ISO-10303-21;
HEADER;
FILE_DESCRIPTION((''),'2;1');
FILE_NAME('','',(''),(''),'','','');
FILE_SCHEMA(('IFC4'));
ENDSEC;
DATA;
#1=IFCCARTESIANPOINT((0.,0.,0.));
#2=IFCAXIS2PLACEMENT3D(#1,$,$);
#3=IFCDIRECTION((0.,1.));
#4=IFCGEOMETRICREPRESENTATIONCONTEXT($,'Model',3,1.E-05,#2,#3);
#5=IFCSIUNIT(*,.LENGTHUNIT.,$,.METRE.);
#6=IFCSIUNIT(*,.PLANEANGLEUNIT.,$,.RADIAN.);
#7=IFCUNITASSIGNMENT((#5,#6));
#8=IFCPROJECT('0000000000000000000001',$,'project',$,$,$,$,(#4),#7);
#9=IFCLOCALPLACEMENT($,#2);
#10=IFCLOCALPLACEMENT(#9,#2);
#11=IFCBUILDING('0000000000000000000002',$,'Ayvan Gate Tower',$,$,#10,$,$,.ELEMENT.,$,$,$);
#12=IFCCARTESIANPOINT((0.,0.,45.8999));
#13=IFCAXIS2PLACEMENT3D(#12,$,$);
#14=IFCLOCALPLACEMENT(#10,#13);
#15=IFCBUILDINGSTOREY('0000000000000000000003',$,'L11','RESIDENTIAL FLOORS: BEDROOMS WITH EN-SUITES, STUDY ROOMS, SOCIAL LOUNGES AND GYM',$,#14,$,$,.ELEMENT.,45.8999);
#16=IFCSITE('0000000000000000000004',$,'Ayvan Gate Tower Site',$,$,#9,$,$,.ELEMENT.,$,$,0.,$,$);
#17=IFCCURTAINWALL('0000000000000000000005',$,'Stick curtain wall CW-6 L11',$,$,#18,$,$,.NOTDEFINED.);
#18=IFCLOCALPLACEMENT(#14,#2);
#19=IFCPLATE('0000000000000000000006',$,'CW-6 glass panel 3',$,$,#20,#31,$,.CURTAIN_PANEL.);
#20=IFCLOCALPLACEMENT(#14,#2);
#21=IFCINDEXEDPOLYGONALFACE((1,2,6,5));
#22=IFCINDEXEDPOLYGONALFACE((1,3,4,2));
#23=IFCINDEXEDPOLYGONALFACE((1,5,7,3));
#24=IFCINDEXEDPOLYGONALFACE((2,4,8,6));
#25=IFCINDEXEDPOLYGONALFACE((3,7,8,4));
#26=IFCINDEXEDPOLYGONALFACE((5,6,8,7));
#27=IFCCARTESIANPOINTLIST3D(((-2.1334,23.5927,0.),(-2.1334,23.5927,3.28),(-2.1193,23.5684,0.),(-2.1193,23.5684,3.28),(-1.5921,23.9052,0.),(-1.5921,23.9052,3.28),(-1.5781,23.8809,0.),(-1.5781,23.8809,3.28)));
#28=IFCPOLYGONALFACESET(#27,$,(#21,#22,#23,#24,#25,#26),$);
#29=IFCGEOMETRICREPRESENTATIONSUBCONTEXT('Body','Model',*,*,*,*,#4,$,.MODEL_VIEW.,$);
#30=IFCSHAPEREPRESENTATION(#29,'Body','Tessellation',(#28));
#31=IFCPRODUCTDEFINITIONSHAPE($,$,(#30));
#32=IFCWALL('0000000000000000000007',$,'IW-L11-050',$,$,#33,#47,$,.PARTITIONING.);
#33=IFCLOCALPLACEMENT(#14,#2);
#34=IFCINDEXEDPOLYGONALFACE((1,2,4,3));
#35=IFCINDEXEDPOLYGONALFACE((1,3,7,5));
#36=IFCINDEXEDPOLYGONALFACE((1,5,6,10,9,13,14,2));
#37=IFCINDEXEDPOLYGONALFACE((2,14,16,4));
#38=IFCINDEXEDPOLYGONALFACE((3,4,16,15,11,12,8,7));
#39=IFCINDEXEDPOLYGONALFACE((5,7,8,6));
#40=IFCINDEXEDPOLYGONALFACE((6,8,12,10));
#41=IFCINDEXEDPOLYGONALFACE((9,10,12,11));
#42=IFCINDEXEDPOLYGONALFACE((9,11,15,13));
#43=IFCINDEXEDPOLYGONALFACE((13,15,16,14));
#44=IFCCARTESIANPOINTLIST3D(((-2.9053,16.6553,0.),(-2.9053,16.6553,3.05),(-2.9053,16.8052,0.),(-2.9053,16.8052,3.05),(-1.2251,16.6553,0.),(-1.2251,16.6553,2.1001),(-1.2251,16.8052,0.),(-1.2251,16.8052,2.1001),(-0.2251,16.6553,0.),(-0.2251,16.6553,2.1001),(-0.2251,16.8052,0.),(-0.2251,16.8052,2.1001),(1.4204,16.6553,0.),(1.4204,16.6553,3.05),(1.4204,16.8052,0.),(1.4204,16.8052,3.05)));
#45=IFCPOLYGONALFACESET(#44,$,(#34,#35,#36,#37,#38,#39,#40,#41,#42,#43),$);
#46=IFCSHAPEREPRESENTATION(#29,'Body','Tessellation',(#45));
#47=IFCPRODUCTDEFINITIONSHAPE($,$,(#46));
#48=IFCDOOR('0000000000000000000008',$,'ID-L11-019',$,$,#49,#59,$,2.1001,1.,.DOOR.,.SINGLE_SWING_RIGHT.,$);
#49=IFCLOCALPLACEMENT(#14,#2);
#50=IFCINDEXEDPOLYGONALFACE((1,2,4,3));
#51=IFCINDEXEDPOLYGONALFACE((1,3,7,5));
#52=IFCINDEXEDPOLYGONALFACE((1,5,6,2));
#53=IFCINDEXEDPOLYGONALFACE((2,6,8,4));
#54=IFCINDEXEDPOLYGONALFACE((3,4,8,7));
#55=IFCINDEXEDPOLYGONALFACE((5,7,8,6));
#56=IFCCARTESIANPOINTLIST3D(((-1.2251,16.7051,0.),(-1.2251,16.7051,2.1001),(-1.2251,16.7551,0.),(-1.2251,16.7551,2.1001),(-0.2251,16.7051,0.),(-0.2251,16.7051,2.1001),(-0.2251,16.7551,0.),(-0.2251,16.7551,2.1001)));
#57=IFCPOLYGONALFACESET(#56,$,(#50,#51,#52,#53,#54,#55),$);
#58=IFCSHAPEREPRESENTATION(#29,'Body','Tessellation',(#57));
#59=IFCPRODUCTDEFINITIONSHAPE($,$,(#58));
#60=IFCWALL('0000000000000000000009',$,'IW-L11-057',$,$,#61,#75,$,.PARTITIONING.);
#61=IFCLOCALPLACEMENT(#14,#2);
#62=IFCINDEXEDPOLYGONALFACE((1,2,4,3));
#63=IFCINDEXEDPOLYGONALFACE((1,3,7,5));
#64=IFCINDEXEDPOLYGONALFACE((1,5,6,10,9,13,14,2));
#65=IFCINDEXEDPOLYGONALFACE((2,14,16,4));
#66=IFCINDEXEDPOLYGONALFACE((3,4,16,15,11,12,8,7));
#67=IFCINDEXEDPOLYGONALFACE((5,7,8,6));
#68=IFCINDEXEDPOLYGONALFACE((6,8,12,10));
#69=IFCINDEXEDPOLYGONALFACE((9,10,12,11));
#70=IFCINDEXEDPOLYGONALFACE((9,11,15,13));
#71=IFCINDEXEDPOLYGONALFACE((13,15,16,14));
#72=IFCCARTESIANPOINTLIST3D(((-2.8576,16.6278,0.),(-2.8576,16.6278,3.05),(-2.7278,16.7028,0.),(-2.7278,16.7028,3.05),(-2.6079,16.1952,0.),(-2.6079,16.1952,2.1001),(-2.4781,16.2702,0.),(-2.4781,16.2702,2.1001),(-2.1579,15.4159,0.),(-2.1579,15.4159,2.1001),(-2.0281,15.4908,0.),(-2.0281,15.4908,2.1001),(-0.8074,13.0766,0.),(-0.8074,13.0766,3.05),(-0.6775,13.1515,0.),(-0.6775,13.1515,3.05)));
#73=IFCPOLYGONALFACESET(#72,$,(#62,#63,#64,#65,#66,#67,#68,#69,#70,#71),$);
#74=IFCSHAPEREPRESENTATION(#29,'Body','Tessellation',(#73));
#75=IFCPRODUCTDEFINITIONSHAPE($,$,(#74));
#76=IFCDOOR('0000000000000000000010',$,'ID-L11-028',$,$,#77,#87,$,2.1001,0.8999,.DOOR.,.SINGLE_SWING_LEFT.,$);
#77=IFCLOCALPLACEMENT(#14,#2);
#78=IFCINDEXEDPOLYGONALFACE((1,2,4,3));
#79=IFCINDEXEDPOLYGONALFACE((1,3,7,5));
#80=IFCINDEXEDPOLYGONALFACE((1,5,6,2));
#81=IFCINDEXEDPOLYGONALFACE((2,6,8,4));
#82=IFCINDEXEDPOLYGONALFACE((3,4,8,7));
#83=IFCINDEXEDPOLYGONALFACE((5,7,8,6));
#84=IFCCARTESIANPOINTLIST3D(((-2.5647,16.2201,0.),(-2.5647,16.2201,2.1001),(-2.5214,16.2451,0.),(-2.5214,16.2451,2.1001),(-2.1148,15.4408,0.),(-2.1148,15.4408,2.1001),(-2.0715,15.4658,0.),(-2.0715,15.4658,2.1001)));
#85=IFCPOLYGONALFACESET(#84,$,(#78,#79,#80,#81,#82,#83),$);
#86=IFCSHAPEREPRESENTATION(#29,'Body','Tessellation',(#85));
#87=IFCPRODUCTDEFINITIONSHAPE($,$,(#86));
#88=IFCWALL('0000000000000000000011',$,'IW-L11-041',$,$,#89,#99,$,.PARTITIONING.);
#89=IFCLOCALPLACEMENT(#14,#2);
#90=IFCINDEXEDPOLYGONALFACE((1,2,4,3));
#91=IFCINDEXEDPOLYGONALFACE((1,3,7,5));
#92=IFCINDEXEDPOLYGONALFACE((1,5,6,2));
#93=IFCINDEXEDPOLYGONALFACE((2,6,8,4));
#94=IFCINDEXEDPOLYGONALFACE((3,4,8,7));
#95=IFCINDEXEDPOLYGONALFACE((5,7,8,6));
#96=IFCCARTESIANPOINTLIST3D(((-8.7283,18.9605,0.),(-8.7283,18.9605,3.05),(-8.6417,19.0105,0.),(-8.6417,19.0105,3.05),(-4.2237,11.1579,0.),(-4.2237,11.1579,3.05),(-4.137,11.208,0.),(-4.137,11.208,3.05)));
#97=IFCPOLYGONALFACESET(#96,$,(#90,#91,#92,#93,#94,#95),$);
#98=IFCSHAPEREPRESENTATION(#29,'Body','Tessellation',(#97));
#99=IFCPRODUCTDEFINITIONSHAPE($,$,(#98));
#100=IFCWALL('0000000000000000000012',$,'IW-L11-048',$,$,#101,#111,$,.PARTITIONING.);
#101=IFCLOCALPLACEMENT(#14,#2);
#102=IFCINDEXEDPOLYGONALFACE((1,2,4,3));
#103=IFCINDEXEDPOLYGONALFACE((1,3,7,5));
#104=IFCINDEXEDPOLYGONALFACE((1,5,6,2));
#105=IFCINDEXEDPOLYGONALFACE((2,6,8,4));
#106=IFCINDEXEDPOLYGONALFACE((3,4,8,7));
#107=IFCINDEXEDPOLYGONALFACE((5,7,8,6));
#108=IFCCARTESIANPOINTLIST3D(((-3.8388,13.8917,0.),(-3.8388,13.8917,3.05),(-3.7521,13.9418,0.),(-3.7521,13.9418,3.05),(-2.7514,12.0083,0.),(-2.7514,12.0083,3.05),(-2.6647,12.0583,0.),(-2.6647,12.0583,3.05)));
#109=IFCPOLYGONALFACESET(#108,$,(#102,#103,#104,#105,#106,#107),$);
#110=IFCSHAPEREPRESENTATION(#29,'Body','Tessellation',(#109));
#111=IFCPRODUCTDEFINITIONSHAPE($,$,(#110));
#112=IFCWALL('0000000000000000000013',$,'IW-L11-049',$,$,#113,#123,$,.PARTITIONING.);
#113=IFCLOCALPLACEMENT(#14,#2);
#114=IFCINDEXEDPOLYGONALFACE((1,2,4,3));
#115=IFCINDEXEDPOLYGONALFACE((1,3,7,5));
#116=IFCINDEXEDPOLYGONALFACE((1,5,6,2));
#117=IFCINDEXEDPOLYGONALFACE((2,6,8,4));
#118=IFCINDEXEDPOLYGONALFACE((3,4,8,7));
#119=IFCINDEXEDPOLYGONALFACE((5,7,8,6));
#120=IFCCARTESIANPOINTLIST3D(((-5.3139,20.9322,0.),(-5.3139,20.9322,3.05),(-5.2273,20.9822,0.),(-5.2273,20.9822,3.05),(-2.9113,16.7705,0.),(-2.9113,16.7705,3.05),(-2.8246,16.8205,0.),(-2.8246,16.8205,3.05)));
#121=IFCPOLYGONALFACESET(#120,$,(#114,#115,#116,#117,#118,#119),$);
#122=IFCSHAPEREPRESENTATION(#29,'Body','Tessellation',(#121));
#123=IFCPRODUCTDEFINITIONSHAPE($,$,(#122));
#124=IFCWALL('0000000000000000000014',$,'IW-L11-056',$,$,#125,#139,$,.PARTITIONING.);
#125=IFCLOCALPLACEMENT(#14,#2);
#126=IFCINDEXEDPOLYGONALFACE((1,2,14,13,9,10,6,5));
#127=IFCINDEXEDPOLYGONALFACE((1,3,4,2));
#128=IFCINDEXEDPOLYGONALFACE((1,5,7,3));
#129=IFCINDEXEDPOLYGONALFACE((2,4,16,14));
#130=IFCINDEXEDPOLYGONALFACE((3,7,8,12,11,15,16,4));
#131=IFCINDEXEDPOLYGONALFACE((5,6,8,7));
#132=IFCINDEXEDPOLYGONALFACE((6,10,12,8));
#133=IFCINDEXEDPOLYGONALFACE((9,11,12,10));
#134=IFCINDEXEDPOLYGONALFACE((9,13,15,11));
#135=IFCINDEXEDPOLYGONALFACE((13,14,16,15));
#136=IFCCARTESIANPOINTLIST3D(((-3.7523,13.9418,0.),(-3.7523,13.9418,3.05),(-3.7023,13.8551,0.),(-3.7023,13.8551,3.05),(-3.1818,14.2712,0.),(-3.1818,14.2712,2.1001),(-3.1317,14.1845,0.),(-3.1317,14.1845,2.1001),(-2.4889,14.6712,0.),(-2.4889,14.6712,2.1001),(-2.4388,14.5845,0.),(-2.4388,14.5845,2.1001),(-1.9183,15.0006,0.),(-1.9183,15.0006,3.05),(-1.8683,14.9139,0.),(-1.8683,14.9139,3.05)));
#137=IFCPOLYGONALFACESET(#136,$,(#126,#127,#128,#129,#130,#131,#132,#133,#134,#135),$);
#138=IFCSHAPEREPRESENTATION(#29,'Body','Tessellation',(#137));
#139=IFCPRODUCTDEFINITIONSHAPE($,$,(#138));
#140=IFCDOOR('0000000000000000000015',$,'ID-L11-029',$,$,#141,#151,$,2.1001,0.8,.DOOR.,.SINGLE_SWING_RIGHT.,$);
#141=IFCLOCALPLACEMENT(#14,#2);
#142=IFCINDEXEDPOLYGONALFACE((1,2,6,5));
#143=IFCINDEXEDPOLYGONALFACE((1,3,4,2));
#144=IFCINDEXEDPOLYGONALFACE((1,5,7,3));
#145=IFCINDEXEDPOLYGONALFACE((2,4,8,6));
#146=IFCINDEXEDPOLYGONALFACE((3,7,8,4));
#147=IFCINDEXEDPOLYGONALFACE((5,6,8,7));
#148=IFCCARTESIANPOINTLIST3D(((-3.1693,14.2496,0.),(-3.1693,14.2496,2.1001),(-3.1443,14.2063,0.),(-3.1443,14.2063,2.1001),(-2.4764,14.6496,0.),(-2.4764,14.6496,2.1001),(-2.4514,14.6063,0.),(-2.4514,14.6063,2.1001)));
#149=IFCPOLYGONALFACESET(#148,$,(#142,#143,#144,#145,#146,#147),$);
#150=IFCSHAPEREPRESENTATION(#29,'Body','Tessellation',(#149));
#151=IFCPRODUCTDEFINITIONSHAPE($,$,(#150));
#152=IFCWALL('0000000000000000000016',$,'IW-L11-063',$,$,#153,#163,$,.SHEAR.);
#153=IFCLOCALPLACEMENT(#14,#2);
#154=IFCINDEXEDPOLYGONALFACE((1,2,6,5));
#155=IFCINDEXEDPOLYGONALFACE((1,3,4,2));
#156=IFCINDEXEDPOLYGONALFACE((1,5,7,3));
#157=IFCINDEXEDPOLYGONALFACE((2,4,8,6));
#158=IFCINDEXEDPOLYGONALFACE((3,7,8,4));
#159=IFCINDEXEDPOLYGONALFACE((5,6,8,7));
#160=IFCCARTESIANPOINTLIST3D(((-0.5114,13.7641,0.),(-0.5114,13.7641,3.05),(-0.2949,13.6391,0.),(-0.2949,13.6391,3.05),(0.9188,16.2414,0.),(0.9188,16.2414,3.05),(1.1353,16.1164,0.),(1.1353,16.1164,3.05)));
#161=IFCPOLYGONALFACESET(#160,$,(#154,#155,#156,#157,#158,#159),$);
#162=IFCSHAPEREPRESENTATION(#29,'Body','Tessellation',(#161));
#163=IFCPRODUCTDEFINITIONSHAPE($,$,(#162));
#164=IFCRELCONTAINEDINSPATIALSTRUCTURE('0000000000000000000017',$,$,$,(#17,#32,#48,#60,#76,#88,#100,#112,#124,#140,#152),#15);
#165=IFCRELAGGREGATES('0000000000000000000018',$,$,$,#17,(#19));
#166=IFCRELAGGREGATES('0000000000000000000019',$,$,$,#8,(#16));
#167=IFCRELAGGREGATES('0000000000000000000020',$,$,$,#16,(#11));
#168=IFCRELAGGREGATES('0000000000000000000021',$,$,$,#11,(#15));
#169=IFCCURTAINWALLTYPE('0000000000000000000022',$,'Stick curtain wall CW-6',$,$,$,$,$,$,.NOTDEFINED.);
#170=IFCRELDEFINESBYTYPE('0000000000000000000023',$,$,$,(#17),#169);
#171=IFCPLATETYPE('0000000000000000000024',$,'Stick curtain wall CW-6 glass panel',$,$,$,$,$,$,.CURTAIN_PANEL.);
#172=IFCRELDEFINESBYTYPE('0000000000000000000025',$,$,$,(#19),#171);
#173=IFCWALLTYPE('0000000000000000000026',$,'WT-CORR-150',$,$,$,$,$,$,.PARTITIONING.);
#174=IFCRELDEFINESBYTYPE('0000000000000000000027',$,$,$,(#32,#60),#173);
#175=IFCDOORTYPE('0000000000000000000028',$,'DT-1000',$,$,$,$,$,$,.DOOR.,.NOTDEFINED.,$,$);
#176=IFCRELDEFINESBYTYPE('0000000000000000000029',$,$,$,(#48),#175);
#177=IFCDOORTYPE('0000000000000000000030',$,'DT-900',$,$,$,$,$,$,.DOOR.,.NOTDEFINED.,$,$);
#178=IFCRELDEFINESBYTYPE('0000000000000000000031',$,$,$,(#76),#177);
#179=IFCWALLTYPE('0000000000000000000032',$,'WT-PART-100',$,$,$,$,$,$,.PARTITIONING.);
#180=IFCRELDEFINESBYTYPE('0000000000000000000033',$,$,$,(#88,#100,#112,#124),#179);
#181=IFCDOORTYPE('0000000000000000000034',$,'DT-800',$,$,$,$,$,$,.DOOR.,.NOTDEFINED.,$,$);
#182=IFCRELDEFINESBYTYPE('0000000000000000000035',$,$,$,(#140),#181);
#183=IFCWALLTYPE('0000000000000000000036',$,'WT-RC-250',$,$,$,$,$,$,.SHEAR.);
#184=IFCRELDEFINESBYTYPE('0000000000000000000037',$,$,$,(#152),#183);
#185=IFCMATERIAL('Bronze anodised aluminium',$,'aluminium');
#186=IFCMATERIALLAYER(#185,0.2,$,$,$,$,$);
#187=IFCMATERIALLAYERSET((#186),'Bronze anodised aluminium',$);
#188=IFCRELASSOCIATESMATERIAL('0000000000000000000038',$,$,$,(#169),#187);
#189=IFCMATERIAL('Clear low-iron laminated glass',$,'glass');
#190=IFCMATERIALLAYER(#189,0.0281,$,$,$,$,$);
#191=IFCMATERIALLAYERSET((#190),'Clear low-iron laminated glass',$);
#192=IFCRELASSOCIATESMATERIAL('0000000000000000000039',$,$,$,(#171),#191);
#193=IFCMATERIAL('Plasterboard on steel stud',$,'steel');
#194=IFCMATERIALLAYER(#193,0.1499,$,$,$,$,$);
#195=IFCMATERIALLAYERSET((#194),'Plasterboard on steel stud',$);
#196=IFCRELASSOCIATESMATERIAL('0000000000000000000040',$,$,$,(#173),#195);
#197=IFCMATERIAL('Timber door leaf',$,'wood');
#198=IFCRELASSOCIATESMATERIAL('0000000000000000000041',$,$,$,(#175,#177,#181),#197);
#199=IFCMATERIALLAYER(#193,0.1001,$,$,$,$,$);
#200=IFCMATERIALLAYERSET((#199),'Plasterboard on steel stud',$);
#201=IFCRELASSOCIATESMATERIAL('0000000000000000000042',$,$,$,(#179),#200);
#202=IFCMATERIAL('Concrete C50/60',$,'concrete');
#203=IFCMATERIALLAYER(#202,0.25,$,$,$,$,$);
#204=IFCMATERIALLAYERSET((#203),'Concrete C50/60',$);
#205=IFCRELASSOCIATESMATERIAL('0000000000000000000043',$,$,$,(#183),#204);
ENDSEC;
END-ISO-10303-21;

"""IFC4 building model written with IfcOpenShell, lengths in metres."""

from ifc_helpers import new_model, si_unit, direction, frame, frame_2d, origin, origin_2d, place, context, subcontext, project, spatial, rectangle, extrude, material, layer, layer_set, type_object, element, fill, aggregate, save


model = new_model("IFC4")

# Units and contexts
model_context = context("Model", 3, precision=1e-05, world=origin(), true_north=direction((0.0, 1.0)))
body_context = subcontext(model_context, "Body", "Model", "MODEL_VIEW")
ifc_project = project(units=[si_unit("LENGTHUNIT", "METRE"), si_unit("PLANEANGLEUNIT", "RADIAN")], contexts=[model_context])

# Site, building, storey
site_placement = place(None, origin())
site = spatial("IfcSite", under=ifc_project, at=site_placement, Name="Ayvan Gate Tower Site", CompositionType="ELEMENT", RefElevation=0.0)
building_placement = place(site_placement, origin())
building = spatial("IfcBuilding", under=site, at=building_placement, Name="Ayvan Gate Tower", CompositionType="ELEMENT")
storey_placement = place(building_placement, frame((0.0, 0.0, 45.8999)))
storey = spatial("IfcBuildingStorey", under=building, at=storey_placement, Name="L11", Description="RESIDENTIAL FLOORS: BEDROOMS WITH EN-SUITES, STUDY ROOMS, SOCIAL LOUNGES AND GYM", CompositionType="ELEMENT", Elevation=45.8999)

# Curtain wall
ifc_material_1 = material(Name="Bronze anodised aluminium", Category="aluminium")
ifc_layer_1 = layer(ifc_material_1, 0.2)
ifc_layer_set_1 = layer_set([ifc_layer_1], Name="Bronze anodised aluminium")
curtain_wall_type_1 = type_object("IfcCurtainWallType", Name="Stick curtain wall CW-6", PredefinedType="NOTDEFINED", material=ifc_layer_set_1)
curtain_wall_1_placement = place(storey_placement, origin())
curtain_wall_1 = element("IfcCurtainWall", 1, at=curtain_wall_1_placement, inside=storey, type_object=curtain_wall_type_1, Name="Stick curtain wall CW-6 L11", PredefinedType="NOTDEFINED")

# Plate
ifc_material_2 = material(Name="Clear low-iron laminated glass", Category="glass")
ifc_layer_2 = layer(ifc_material_2, 0.0281)
ifc_layer_set_2 = layer_set([ifc_layer_2], Name="Clear low-iron laminated glass")
plate_type_1 = type_object("IfcPlateType", Name="Stick curtain wall CW-6 glass panel", PredefinedType="CURTAIN_PANEL", material=ifc_layer_set_2)
plate_1_placement = place(storey_placement, frame((-1.8557, 23.7368, 0.0), z_axis=(0.0, 0.0, 1.0), x_axis=(-0.866025, -0.5, 0.0)))
plate_1 = element("IfcPlate", 2, at=plate_1_placement, type_object=plate_type_1, Name="CW-6 glass panel 3", PredefinedType="CURTAIN_PANEL", context=body_context, shape_type="SweptSolid", body=[
    extrude(rectangle(XDim=0.625, YDim=0.0281, at=origin_2d()), origin(), (0.0, 0.0, 1.0), 3.28),
])
aggregate(curtain_wall_1, [plate_1])

# Walls, openings, doors
ifc_material_3 = material(Name="Plasterboard on steel stud", Category="steel")
ifc_layer_3 = layer(ifc_material_3, 0.1499)
ifc_layer_set_3 = layer_set([ifc_layer_3], Name="Plasterboard on steel stud")
wall_type_1 = type_object("IfcWallType", Name="WT-CORR-150", PredefinedType="PARTITIONING", material=ifc_layer_set_3)
wall_1_placement = place(storey_placement, frame((-2.9053, 16.7302, 0.0), z_axis=(0.0, 0.0, 1.0), x_axis=(1.0, 0.0, 0.0)))
wall_1 = element("IfcWall", 3, at=wall_1_placement, inside=storey, type_object=wall_type_1, Name="IW-L11-050", PredefinedType="PARTITIONING", context=body_context, shape_type="SweptSolid", body=[
    extrude(rectangle(XDim=4.3257, YDim=0.1499, at=frame_2d((2.1628, 0.0))), origin(), (0.0, 0.0, 1.0), 3.05),
])
opening_1_placement = place(wall_1_placement, frame((1.6802, 0.0, 0.0)))
opening_1 = element("IfcOpeningElement", 4, at=opening_1_placement, cuts=wall_1, PredefinedType="OPENING", context=body_context, shape_type="SweptSolid", body=[
    extrude(rectangle(XDim=1.0, YDim=2.1001, at=frame_2d((0.5, 1.05))), frame((0.0, 0.085, 0.0), z_axis=(0.0, -1.0, 0.0), x_axis=(1.0, 0.0, 0.0)), (0.0, 0.0, 1.0), 0.1699),
])
ifc_material_4 = material(Name="Timber door leaf", Category="wood")
door_type_1 = type_object("IfcDoorType", Name="DT-1000", OperationType="NOTDEFINED", PredefinedType="DOOR", material=ifc_material_4)
door_1_placement = place(opening_1_placement, origin())
door_1 = element("IfcDoor", 5, at=door_1_placement, inside=storey, type_object=door_type_1, Name="ID-L11-019", OperationType="SINGLE_SWING_RIGHT", OverallHeight=2.1001, OverallWidth=1.0, PredefinedType="DOOR", context=body_context, shape_type="SweptSolid", body=[
    extrude(rectangle(XDim=1.0, YDim=2.1001, at=frame_2d((0.5, 1.05))), frame((0.0, 0.0249, 0.0), z_axis=(0.0, -1.0, 0.0), x_axis=(1.0, 0.0, 0.0)), (0.0, 0.0, 1.0), 0.05),
])
fill(opening_1, door_1)
wall_2_placement = place(storey_placement, frame((-2.7927, 16.6653, 0.0), z_axis=(0.0, 0.0, 1.0), x_axis=(0.499994, -0.866029, 0.0)))
wall_2 = element("IfcWall", 6, at=wall_2_placement, inside=storey, type_object=wall_type_1, Name="IW-L11-057", PredefinedType="PARTITIONING", context=body_context, shape_type="SweptSolid", body=[
    extrude(rectangle(XDim=4.1006, YDim=0.1499, at=frame_2d((2.0503, 0.0))), origin(), (0.0, 0.0, 1.0), 3.05),
])
opening_2_placement = place(wall_2_placement, frame((0.4995, 0.0, 0.0)))
opening_2 = element("IfcOpeningElement", 7, at=opening_2_placement, cuts=wall_2, PredefinedType="OPENING", context=body_context, shape_type="SweptSolid", body=[
    extrude(rectangle(XDim=0.8999, YDim=2.1001, at=frame_2d((0.45, 1.05))), frame((0.0, 0.085, 0.0), z_axis=(0.0, -1.0, 0.0), x_axis=(1.0, 0.0, 0.0)), (0.0, 0.0, 1.0), 0.1699),
])
door_type_2 = type_object("IfcDoorType", Name="DT-900", OperationType="NOTDEFINED", PredefinedType="DOOR", material=ifc_material_4)
door_2_placement = place(opening_2_placement, origin())
door_2 = element("IfcDoor", 8, at=door_2_placement, inside=storey, type_object=door_type_2, Name="ID-L11-028", OperationType="SINGLE_SWING_LEFT", OverallHeight=2.1001, OverallWidth=0.8999, PredefinedType="DOOR", context=body_context, shape_type="SweptSolid", body=[
    extrude(rectangle(XDim=0.8999, YDim=2.1001, at=frame_2d((0.45, 1.05))), frame((0.0, 0.0249, 0.0), z_axis=(0.0, -1.0, 0.0), x_axis=(1.0, 0.0, 0.0)), (0.0, 0.0, 1.0), 0.05),
])
fill(opening_2, door_2)

# Walls
ifc_layer_4 = layer(ifc_material_3, 0.1001)
ifc_layer_set_4 = layer_set([ifc_layer_4], Name="Plasterboard on steel stud")
wall_type_2 = type_object("IfcWallType", Name="WT-PART-100", PredefinedType="PARTITIONING", material=ifc_layer_set_4)
wall_3_placement = place(storey_placement, frame((-8.6851, 18.9856, 0.0), z_axis=(0.0, 0.0, 1.0), x_axis=(0.499989, -0.866032, 0.0)))
element("IfcWall", 9, at=wall_3_placement, inside=storey, type_object=wall_type_2, Name="IW-L11-041", PredefinedType="PARTITIONING", context=body_context, shape_type="SweptSolid", body=[
    extrude(rectangle(XDim=9.0095, YDim=0.1001, at=frame_2d((4.5049, 0.0))), origin(), (0.0, 0.0, 1.0), 3.05),
])
wall_4_placement = place(storey_placement, frame((-3.7954, 13.9167, 0.0), z_axis=(0.0, 0.0, 1.0), x_axis=(0.499978, -0.866038, 0.0)))
element("IfcWall", 10, at=wall_4_placement, inside=storey, type_object=wall_type_2, Name="IW-L11-048", PredefinedType="PARTITIONING", context=body_context, shape_type="SweptSolid", body=[
    extrude(rectangle(XDim=2.1748, YDim=0.1001, at=frame_2d((1.0874, 0.0))), origin(), (0.0, 0.0, 1.0), 3.05),
])
wall_5_placement = place(storey_placement, frame((-2.8679, 16.7954, 0.0), z_axis=(0.0, 0.0, 1.0), x_axis=(-0.49998, 0.866037, 0.0)))
element("IfcWall", 11, at=wall_5_placement, inside=storey, type_object=wall_type_2, Name="IW-L11-049", PredefinedType="PARTITIONING", context=body_context, shape_type="SweptSolid", body=[
    extrude(rectangle(XDim=4.8054, YDim=0.1001, at=frame_2d((2.4028, 0.0))), origin(), (0.0, 0.0, 1.0), 3.05),
])

# Wall, opening, door
wall_6_placement = place(storey_placement, frame((-1.8933, 14.9573, 0.0), z_axis=(0.0, 0.0, 1.0), x_axis=(-0.866028, -0.499995, 0.0)))
wall_6 = element("IfcWall", 12, at=wall_6_placement, inside=storey, type_object=wall_type_2, Name="IW-L11-056", PredefinedType="PARTITIONING", context=body_context, shape_type="SweptSolid", body=[
    extrude(rectangle(XDim=2.1177, YDim=0.1001, at=frame_2d((1.0588, 0.0))), origin(), (0.0, 0.0, 1.0), 3.05),
])
opening_3_placement = place(wall_6_placement, frame((0.6589, 0.0, 0.0)))
opening_3 = element("IfcOpeningElement", 13, at=opening_3_placement, cuts=wall_6, PredefinedType="OPENING", context=body_context, shape_type="SweptSolid", body=[
    extrude(rectangle(XDim=0.8, YDim=2.1001, at=frame_2d((0.3999, 1.05))), frame((0.0, 0.0601, 0.0), z_axis=(0.0, -1.0, 0.0), x_axis=(1.0, 0.0, 0.0)), (0.0, 0.0, 1.0), 0.1201),
])
door_type_3 = type_object("IfcDoorType", Name="DT-800", OperationType="NOTDEFINED", PredefinedType="DOOR", material=ifc_material_4)
door_3_placement = place(opening_3_placement, origin())
door_3 = element("IfcDoor", 14, at=door_3_placement, inside=storey, type_object=door_type_3, Name="ID-L11-029", OperationType="SINGLE_SWING_RIGHT", OverallHeight=2.1001, OverallWidth=0.8, PredefinedType="DOOR", context=body_context, shape_type="SweptSolid", body=[
    extrude(rectangle(XDim=0.8, YDim=2.1001, at=frame_2d((0.3999, 1.05))), frame((0.0, 0.0249, 0.0), z_axis=(0.0, -1.0, 0.0), x_axis=(1.0, 0.0, 0.0)), (0.0, 0.0, 1.0), 0.05),
])
fill(opening_3, door_3)

# Wall
ifc_material_5 = material(Name="Concrete C50/60", Category="concrete")
ifc_layer_5 = layer(ifc_material_5, 0.25)
ifc_layer_set_5 = layer_set([ifc_layer_5], Name="Concrete C50/60")
wall_type_3 = type_object("IfcWallType", Name="WT-RC-250", PredefinedType="SHEAR", material=ifc_layer_set_5)
wall_7_placement = place(storey_placement, frame((-0.4031, 13.7017, 0.0), z_axis=(0.0, 0.0, 1.0), x_axis=(0.499976, 0.866039, 0.0)))
element("IfcWall", 15, at=wall_7_placement, inside=storey, type_object=wall_type_3, Name="IW-L11-063", PredefinedType="SHEAR", context=body_context, shape_type="SweptSolid", body=[
    extrude(rectangle(XDim=2.8606, YDim=0.25, at=frame_2d((1.4302, 0.0))), origin(), (0.0, 0.0, 1.0), 3.05),
])

save(model, "model.ifc")
